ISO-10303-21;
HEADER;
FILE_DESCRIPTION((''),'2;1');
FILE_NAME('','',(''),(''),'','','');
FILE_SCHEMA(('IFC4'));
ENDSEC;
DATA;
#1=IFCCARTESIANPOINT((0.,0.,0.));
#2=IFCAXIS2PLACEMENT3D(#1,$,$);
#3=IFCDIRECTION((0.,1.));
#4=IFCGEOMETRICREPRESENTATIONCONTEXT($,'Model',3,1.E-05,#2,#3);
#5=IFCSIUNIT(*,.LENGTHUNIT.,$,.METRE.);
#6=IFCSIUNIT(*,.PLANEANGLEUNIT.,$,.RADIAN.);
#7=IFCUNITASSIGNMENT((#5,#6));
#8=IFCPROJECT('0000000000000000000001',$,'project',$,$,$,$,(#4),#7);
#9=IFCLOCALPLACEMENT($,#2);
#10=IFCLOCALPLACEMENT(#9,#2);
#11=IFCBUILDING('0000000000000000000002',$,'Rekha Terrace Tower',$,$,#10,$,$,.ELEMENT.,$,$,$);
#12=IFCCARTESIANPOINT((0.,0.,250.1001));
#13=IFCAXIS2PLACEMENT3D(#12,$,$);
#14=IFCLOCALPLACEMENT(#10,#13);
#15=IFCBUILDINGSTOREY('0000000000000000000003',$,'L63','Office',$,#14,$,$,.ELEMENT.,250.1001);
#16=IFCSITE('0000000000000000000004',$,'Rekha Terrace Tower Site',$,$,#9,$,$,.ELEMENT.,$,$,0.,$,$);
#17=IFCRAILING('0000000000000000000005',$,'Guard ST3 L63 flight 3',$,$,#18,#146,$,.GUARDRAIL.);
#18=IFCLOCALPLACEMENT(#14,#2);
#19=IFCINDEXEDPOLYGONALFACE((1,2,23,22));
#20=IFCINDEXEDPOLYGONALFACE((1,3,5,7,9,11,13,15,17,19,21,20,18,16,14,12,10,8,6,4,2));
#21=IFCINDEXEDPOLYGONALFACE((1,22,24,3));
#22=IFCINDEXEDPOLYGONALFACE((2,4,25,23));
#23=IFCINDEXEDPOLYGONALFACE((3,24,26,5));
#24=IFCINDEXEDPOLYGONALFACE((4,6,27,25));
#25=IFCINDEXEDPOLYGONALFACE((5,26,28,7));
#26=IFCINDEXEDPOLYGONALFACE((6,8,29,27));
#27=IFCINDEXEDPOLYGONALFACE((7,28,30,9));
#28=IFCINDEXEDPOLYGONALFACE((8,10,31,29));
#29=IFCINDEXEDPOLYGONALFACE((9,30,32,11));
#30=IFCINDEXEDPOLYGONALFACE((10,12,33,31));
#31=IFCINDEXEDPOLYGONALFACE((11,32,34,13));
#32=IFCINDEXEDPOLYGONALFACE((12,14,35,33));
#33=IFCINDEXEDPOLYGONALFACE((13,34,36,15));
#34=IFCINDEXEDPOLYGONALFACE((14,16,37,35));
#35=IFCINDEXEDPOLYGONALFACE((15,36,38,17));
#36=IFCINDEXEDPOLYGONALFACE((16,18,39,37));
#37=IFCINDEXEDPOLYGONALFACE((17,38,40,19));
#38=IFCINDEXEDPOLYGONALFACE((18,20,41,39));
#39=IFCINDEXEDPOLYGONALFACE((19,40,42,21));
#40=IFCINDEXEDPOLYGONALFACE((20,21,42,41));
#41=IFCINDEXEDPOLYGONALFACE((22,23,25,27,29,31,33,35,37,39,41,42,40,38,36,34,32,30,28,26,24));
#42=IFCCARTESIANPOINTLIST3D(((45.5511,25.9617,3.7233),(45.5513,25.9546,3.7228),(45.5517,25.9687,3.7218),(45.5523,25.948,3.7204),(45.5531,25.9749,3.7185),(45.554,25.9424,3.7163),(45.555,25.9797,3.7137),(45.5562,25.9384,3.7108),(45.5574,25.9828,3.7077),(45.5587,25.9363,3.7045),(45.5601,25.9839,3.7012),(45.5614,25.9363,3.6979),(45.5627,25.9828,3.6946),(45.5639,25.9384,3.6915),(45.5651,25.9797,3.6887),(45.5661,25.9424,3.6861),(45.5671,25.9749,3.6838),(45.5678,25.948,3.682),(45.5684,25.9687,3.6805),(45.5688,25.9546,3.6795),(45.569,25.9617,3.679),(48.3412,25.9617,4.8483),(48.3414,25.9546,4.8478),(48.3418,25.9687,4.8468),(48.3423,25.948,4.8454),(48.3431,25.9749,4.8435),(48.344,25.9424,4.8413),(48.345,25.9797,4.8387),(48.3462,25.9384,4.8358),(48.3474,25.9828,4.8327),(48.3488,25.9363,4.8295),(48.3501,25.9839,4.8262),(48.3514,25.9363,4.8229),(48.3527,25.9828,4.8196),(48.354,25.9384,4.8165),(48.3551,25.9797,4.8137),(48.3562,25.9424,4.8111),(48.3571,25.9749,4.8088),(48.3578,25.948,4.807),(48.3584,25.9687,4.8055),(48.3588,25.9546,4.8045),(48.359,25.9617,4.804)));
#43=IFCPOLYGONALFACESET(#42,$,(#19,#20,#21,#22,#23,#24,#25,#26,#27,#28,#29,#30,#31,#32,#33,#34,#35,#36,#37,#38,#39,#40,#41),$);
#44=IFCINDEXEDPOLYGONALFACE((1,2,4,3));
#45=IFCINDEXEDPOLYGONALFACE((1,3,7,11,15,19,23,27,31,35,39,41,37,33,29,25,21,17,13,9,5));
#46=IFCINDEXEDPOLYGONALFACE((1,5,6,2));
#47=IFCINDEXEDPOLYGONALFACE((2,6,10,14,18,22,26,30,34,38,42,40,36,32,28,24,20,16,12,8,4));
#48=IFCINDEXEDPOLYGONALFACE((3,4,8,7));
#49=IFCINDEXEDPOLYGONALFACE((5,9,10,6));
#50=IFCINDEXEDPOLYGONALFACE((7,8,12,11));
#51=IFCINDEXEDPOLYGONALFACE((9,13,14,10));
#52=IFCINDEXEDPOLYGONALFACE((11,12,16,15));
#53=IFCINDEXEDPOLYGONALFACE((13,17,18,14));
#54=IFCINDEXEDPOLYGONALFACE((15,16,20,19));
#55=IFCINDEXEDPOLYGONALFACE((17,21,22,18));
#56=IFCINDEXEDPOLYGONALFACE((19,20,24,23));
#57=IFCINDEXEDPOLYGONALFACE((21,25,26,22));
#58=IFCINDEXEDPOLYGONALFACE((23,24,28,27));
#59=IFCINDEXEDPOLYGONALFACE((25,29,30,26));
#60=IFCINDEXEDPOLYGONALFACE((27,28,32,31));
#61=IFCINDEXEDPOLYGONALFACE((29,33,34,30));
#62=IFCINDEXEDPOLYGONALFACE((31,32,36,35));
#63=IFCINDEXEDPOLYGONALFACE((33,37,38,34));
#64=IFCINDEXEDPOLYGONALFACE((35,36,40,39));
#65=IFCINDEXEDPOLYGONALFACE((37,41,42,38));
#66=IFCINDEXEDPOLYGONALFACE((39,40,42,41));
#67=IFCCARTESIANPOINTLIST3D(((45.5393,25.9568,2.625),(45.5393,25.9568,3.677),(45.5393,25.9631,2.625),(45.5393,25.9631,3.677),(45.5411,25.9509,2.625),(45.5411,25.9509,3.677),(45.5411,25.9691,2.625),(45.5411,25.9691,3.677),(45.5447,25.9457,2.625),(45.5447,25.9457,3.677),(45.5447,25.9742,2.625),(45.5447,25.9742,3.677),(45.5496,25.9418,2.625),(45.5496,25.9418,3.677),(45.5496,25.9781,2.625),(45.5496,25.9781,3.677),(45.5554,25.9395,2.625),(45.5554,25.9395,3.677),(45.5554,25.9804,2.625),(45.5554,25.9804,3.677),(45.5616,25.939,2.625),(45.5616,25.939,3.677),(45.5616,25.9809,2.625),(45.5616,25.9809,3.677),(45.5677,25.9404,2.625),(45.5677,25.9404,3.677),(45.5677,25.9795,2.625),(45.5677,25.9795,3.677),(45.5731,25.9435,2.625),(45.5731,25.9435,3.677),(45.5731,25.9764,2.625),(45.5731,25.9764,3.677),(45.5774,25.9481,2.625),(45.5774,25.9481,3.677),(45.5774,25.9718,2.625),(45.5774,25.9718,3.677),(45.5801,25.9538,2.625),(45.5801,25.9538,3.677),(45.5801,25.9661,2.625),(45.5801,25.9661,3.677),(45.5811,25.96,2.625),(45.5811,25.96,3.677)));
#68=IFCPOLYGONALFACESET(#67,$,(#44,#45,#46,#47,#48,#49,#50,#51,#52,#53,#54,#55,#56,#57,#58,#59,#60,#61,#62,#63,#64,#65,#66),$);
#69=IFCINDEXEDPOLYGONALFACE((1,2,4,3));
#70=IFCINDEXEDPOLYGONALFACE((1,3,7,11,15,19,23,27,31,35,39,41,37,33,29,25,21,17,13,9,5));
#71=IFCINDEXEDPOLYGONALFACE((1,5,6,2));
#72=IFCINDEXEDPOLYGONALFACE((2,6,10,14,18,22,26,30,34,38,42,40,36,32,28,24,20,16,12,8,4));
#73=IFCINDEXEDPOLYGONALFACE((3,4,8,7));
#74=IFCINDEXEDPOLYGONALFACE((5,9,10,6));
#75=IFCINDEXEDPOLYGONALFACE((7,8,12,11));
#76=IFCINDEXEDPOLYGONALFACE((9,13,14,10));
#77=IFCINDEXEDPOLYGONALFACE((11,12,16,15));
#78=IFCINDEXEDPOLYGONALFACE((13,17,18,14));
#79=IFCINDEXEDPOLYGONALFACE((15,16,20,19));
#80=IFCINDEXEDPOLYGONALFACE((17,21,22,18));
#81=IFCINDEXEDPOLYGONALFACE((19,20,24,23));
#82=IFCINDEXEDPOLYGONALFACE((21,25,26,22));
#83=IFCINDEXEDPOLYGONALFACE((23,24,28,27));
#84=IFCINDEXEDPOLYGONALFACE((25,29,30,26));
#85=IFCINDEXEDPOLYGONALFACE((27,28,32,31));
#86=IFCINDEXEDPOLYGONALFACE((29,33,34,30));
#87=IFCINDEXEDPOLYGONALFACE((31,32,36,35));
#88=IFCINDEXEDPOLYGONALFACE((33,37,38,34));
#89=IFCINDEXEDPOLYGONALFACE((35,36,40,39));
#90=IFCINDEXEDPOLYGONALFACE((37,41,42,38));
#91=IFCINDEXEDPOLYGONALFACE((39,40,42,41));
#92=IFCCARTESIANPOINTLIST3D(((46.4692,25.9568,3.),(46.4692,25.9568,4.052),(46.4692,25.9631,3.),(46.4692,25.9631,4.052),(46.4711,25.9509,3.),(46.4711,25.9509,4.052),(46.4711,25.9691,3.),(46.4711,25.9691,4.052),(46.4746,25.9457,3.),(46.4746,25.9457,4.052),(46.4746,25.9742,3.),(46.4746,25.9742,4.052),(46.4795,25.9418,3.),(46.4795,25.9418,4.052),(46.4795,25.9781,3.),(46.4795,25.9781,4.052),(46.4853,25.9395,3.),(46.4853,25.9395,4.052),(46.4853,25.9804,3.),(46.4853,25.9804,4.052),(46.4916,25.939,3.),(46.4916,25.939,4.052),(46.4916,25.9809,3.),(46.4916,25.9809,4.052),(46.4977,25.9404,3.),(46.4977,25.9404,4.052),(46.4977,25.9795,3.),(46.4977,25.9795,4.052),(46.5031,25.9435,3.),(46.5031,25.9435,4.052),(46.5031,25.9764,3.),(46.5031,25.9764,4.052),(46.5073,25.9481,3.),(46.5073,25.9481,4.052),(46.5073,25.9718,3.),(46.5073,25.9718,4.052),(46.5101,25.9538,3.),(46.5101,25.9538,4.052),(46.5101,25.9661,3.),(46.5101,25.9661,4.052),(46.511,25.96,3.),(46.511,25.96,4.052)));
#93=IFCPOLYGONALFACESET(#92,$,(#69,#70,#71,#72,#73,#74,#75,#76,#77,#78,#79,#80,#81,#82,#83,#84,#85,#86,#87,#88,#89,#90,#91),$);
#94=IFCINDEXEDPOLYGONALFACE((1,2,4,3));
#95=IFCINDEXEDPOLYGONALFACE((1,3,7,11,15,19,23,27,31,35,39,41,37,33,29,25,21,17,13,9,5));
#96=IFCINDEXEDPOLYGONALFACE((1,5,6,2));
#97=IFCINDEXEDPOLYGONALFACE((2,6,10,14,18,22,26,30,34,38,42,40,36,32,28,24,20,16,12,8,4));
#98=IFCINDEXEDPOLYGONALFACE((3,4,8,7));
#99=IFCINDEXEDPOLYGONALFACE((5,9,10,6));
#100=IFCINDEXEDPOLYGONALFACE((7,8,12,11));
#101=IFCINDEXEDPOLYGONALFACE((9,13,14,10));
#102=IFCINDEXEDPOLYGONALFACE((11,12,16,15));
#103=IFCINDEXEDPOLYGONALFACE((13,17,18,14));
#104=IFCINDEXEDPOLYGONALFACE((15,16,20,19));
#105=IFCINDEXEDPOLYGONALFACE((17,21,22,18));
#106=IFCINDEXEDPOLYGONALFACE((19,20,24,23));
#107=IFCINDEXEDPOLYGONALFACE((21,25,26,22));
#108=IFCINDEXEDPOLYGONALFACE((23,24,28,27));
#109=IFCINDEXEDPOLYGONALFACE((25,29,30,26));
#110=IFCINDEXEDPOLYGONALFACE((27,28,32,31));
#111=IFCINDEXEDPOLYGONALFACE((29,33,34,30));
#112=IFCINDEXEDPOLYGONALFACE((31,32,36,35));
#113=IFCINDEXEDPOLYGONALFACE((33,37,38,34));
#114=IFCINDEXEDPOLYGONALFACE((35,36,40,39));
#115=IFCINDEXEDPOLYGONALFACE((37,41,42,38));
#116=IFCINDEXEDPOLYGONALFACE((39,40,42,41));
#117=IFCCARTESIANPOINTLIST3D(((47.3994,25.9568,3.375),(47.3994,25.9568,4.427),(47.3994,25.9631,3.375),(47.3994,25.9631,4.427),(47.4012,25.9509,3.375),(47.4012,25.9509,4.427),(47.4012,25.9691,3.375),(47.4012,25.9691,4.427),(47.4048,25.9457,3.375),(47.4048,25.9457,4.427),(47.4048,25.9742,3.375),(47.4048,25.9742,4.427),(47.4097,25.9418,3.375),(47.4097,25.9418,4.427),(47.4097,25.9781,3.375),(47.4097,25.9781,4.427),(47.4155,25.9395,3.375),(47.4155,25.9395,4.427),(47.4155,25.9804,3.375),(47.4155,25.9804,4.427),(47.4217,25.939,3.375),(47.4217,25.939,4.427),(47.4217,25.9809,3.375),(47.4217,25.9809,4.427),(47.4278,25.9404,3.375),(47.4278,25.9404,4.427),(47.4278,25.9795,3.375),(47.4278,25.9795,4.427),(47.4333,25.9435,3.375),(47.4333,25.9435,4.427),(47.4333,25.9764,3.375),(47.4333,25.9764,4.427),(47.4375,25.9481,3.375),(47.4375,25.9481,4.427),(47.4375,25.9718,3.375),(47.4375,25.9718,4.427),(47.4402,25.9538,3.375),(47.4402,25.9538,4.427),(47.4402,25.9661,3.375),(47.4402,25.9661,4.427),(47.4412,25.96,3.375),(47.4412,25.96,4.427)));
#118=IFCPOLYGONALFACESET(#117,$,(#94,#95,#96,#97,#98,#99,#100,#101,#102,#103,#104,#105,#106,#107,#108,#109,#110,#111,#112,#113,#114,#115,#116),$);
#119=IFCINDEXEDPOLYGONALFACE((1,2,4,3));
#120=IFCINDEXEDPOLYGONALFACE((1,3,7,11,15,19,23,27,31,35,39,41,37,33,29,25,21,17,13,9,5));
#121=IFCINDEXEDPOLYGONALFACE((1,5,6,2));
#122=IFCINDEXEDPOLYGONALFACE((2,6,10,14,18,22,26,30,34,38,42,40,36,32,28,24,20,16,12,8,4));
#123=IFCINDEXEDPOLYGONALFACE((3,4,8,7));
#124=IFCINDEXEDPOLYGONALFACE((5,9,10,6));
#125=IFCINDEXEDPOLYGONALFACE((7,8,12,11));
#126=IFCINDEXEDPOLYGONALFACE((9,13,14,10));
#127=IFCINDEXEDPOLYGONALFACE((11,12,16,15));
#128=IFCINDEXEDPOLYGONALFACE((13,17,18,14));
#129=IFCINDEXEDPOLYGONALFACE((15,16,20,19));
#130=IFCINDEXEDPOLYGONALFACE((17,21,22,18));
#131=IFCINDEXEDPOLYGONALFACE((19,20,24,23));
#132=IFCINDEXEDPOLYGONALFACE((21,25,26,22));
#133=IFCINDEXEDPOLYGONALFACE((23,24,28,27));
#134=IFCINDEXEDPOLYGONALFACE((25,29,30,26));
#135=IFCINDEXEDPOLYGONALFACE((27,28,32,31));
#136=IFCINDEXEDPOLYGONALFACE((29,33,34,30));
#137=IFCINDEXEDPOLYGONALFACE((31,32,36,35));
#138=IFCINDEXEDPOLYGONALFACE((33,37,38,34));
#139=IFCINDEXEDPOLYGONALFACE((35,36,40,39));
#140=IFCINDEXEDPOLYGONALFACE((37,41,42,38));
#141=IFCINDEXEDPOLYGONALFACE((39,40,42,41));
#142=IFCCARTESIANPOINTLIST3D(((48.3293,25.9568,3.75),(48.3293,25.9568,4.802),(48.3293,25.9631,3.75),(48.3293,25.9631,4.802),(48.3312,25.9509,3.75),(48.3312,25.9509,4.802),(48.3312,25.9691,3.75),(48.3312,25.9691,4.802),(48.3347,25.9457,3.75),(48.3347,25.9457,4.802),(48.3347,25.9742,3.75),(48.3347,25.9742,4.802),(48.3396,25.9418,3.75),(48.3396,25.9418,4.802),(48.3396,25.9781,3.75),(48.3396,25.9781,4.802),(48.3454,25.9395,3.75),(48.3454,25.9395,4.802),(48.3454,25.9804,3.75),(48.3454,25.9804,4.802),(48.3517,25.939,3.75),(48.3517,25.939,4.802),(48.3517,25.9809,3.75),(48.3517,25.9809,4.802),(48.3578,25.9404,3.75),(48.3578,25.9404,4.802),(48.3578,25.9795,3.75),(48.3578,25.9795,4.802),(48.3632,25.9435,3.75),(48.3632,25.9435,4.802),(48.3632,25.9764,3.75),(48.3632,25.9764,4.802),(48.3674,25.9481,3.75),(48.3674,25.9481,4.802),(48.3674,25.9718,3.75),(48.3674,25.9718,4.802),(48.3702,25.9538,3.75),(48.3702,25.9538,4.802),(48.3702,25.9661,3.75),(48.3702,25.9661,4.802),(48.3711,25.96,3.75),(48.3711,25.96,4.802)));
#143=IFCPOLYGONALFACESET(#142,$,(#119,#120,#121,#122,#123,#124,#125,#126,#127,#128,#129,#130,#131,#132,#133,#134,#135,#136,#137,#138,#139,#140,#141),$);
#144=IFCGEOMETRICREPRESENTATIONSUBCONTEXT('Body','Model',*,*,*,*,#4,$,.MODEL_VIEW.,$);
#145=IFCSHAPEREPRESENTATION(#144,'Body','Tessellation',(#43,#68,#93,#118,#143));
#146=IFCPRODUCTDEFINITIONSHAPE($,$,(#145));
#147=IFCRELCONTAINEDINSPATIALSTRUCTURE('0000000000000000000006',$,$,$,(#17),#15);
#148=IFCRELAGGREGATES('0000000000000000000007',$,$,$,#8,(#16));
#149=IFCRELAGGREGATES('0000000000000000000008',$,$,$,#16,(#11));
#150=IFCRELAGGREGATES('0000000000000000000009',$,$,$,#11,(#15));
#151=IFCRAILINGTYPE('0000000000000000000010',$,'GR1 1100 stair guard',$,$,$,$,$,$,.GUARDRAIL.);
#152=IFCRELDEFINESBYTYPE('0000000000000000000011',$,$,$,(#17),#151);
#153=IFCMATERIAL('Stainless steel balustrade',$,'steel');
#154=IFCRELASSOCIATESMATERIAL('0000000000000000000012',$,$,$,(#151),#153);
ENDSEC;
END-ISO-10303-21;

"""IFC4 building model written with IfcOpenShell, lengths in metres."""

from ifc_helpers import new_model, si_unit, direction, frame, origin, origin_2d, place, context, subcontext, project, spatial, circle, extrude, material, type_object, element, save


model = new_model("IFC4")

# Units and contexts
model_context = context("Model", 3, precision=1e-05, world=origin(), true_north=direction((0.0, 1.0)))
body_context = subcontext(model_context, "Body", "Model", "MODEL_VIEW")
ifc_project = project(units=[si_unit("LENGTHUNIT", "METRE"), si_unit("PLANEANGLEUNIT", "RADIAN")], contexts=[model_context])

# Site, building, storey
site_placement = place(None, origin())
site = spatial("IfcSite", under=ifc_project, at=site_placement, Name="Rekha Terrace Tower Site", CompositionType="ELEMENT", RefElevation=0.0)
building_placement = place(site_placement, origin())
building = spatial("IfcBuilding", under=site, at=building_placement, Name="Rekha Terrace Tower", CompositionType="ELEMENT")
storey_placement = place(building_placement, frame((0.0, 0.0, 250.1001)))
storey = spatial("IfcBuildingStorey", under=building, at=storey_placement, Name="L63", Description="Office", CompositionType="ELEMENT", Elevation=250.1001)

# Railing
ifc_material_1 = material(Name="Stainless steel balustrade", Category="steel")
railing_type_1 = type_object("IfcRailingType", Name="GR1 1100 stair guard", PredefinedType="GUARDRAIL", material=ifc_material_1)
railing_1_placement = place(storey_placement, frame((45.5601, 25.96, 2.625)))
element("IfcRailing", 1, at=railing_1_placement, inside=storey, type_object=railing_type_1, Name="Guard ST3 L63 flight 3", PredefinedType="GUARDRAIL", context=body_context, shape_type="SweptSolid", body=[
    extrude(circle(Radius=0.0239, at=origin_2d()), frame((0.0, 0.0, 1.0762), z_axis=(0.927443, 0.0, 0.373964), x_axis=(0.0, 1.0, 0.0)), (0.0, 0.0, 1.0), 3.0083),
    extrude(circle(Radius=0.021, at=origin_2d()), origin(), (0.0, 0.0, 1.0), 1.052),
    extrude(circle(Radius=0.021, at=origin_2d()), frame((0.9299, 0.0, 0.375)), (0.0, 0.0, 1.0), 1.052),
    extrude(circle(Radius=0.021, at=origin_2d()), frame((1.8601, 0.0, 0.75)), (0.0, 0.0, 1.0), 1.052),
    extrude(circle(Radius=0.021, at=origin_2d()), frame((2.79, 0.0, 1.125)), (0.0, 0.0, 1.0), 1.052),
])

save(model, "model.ifc")
